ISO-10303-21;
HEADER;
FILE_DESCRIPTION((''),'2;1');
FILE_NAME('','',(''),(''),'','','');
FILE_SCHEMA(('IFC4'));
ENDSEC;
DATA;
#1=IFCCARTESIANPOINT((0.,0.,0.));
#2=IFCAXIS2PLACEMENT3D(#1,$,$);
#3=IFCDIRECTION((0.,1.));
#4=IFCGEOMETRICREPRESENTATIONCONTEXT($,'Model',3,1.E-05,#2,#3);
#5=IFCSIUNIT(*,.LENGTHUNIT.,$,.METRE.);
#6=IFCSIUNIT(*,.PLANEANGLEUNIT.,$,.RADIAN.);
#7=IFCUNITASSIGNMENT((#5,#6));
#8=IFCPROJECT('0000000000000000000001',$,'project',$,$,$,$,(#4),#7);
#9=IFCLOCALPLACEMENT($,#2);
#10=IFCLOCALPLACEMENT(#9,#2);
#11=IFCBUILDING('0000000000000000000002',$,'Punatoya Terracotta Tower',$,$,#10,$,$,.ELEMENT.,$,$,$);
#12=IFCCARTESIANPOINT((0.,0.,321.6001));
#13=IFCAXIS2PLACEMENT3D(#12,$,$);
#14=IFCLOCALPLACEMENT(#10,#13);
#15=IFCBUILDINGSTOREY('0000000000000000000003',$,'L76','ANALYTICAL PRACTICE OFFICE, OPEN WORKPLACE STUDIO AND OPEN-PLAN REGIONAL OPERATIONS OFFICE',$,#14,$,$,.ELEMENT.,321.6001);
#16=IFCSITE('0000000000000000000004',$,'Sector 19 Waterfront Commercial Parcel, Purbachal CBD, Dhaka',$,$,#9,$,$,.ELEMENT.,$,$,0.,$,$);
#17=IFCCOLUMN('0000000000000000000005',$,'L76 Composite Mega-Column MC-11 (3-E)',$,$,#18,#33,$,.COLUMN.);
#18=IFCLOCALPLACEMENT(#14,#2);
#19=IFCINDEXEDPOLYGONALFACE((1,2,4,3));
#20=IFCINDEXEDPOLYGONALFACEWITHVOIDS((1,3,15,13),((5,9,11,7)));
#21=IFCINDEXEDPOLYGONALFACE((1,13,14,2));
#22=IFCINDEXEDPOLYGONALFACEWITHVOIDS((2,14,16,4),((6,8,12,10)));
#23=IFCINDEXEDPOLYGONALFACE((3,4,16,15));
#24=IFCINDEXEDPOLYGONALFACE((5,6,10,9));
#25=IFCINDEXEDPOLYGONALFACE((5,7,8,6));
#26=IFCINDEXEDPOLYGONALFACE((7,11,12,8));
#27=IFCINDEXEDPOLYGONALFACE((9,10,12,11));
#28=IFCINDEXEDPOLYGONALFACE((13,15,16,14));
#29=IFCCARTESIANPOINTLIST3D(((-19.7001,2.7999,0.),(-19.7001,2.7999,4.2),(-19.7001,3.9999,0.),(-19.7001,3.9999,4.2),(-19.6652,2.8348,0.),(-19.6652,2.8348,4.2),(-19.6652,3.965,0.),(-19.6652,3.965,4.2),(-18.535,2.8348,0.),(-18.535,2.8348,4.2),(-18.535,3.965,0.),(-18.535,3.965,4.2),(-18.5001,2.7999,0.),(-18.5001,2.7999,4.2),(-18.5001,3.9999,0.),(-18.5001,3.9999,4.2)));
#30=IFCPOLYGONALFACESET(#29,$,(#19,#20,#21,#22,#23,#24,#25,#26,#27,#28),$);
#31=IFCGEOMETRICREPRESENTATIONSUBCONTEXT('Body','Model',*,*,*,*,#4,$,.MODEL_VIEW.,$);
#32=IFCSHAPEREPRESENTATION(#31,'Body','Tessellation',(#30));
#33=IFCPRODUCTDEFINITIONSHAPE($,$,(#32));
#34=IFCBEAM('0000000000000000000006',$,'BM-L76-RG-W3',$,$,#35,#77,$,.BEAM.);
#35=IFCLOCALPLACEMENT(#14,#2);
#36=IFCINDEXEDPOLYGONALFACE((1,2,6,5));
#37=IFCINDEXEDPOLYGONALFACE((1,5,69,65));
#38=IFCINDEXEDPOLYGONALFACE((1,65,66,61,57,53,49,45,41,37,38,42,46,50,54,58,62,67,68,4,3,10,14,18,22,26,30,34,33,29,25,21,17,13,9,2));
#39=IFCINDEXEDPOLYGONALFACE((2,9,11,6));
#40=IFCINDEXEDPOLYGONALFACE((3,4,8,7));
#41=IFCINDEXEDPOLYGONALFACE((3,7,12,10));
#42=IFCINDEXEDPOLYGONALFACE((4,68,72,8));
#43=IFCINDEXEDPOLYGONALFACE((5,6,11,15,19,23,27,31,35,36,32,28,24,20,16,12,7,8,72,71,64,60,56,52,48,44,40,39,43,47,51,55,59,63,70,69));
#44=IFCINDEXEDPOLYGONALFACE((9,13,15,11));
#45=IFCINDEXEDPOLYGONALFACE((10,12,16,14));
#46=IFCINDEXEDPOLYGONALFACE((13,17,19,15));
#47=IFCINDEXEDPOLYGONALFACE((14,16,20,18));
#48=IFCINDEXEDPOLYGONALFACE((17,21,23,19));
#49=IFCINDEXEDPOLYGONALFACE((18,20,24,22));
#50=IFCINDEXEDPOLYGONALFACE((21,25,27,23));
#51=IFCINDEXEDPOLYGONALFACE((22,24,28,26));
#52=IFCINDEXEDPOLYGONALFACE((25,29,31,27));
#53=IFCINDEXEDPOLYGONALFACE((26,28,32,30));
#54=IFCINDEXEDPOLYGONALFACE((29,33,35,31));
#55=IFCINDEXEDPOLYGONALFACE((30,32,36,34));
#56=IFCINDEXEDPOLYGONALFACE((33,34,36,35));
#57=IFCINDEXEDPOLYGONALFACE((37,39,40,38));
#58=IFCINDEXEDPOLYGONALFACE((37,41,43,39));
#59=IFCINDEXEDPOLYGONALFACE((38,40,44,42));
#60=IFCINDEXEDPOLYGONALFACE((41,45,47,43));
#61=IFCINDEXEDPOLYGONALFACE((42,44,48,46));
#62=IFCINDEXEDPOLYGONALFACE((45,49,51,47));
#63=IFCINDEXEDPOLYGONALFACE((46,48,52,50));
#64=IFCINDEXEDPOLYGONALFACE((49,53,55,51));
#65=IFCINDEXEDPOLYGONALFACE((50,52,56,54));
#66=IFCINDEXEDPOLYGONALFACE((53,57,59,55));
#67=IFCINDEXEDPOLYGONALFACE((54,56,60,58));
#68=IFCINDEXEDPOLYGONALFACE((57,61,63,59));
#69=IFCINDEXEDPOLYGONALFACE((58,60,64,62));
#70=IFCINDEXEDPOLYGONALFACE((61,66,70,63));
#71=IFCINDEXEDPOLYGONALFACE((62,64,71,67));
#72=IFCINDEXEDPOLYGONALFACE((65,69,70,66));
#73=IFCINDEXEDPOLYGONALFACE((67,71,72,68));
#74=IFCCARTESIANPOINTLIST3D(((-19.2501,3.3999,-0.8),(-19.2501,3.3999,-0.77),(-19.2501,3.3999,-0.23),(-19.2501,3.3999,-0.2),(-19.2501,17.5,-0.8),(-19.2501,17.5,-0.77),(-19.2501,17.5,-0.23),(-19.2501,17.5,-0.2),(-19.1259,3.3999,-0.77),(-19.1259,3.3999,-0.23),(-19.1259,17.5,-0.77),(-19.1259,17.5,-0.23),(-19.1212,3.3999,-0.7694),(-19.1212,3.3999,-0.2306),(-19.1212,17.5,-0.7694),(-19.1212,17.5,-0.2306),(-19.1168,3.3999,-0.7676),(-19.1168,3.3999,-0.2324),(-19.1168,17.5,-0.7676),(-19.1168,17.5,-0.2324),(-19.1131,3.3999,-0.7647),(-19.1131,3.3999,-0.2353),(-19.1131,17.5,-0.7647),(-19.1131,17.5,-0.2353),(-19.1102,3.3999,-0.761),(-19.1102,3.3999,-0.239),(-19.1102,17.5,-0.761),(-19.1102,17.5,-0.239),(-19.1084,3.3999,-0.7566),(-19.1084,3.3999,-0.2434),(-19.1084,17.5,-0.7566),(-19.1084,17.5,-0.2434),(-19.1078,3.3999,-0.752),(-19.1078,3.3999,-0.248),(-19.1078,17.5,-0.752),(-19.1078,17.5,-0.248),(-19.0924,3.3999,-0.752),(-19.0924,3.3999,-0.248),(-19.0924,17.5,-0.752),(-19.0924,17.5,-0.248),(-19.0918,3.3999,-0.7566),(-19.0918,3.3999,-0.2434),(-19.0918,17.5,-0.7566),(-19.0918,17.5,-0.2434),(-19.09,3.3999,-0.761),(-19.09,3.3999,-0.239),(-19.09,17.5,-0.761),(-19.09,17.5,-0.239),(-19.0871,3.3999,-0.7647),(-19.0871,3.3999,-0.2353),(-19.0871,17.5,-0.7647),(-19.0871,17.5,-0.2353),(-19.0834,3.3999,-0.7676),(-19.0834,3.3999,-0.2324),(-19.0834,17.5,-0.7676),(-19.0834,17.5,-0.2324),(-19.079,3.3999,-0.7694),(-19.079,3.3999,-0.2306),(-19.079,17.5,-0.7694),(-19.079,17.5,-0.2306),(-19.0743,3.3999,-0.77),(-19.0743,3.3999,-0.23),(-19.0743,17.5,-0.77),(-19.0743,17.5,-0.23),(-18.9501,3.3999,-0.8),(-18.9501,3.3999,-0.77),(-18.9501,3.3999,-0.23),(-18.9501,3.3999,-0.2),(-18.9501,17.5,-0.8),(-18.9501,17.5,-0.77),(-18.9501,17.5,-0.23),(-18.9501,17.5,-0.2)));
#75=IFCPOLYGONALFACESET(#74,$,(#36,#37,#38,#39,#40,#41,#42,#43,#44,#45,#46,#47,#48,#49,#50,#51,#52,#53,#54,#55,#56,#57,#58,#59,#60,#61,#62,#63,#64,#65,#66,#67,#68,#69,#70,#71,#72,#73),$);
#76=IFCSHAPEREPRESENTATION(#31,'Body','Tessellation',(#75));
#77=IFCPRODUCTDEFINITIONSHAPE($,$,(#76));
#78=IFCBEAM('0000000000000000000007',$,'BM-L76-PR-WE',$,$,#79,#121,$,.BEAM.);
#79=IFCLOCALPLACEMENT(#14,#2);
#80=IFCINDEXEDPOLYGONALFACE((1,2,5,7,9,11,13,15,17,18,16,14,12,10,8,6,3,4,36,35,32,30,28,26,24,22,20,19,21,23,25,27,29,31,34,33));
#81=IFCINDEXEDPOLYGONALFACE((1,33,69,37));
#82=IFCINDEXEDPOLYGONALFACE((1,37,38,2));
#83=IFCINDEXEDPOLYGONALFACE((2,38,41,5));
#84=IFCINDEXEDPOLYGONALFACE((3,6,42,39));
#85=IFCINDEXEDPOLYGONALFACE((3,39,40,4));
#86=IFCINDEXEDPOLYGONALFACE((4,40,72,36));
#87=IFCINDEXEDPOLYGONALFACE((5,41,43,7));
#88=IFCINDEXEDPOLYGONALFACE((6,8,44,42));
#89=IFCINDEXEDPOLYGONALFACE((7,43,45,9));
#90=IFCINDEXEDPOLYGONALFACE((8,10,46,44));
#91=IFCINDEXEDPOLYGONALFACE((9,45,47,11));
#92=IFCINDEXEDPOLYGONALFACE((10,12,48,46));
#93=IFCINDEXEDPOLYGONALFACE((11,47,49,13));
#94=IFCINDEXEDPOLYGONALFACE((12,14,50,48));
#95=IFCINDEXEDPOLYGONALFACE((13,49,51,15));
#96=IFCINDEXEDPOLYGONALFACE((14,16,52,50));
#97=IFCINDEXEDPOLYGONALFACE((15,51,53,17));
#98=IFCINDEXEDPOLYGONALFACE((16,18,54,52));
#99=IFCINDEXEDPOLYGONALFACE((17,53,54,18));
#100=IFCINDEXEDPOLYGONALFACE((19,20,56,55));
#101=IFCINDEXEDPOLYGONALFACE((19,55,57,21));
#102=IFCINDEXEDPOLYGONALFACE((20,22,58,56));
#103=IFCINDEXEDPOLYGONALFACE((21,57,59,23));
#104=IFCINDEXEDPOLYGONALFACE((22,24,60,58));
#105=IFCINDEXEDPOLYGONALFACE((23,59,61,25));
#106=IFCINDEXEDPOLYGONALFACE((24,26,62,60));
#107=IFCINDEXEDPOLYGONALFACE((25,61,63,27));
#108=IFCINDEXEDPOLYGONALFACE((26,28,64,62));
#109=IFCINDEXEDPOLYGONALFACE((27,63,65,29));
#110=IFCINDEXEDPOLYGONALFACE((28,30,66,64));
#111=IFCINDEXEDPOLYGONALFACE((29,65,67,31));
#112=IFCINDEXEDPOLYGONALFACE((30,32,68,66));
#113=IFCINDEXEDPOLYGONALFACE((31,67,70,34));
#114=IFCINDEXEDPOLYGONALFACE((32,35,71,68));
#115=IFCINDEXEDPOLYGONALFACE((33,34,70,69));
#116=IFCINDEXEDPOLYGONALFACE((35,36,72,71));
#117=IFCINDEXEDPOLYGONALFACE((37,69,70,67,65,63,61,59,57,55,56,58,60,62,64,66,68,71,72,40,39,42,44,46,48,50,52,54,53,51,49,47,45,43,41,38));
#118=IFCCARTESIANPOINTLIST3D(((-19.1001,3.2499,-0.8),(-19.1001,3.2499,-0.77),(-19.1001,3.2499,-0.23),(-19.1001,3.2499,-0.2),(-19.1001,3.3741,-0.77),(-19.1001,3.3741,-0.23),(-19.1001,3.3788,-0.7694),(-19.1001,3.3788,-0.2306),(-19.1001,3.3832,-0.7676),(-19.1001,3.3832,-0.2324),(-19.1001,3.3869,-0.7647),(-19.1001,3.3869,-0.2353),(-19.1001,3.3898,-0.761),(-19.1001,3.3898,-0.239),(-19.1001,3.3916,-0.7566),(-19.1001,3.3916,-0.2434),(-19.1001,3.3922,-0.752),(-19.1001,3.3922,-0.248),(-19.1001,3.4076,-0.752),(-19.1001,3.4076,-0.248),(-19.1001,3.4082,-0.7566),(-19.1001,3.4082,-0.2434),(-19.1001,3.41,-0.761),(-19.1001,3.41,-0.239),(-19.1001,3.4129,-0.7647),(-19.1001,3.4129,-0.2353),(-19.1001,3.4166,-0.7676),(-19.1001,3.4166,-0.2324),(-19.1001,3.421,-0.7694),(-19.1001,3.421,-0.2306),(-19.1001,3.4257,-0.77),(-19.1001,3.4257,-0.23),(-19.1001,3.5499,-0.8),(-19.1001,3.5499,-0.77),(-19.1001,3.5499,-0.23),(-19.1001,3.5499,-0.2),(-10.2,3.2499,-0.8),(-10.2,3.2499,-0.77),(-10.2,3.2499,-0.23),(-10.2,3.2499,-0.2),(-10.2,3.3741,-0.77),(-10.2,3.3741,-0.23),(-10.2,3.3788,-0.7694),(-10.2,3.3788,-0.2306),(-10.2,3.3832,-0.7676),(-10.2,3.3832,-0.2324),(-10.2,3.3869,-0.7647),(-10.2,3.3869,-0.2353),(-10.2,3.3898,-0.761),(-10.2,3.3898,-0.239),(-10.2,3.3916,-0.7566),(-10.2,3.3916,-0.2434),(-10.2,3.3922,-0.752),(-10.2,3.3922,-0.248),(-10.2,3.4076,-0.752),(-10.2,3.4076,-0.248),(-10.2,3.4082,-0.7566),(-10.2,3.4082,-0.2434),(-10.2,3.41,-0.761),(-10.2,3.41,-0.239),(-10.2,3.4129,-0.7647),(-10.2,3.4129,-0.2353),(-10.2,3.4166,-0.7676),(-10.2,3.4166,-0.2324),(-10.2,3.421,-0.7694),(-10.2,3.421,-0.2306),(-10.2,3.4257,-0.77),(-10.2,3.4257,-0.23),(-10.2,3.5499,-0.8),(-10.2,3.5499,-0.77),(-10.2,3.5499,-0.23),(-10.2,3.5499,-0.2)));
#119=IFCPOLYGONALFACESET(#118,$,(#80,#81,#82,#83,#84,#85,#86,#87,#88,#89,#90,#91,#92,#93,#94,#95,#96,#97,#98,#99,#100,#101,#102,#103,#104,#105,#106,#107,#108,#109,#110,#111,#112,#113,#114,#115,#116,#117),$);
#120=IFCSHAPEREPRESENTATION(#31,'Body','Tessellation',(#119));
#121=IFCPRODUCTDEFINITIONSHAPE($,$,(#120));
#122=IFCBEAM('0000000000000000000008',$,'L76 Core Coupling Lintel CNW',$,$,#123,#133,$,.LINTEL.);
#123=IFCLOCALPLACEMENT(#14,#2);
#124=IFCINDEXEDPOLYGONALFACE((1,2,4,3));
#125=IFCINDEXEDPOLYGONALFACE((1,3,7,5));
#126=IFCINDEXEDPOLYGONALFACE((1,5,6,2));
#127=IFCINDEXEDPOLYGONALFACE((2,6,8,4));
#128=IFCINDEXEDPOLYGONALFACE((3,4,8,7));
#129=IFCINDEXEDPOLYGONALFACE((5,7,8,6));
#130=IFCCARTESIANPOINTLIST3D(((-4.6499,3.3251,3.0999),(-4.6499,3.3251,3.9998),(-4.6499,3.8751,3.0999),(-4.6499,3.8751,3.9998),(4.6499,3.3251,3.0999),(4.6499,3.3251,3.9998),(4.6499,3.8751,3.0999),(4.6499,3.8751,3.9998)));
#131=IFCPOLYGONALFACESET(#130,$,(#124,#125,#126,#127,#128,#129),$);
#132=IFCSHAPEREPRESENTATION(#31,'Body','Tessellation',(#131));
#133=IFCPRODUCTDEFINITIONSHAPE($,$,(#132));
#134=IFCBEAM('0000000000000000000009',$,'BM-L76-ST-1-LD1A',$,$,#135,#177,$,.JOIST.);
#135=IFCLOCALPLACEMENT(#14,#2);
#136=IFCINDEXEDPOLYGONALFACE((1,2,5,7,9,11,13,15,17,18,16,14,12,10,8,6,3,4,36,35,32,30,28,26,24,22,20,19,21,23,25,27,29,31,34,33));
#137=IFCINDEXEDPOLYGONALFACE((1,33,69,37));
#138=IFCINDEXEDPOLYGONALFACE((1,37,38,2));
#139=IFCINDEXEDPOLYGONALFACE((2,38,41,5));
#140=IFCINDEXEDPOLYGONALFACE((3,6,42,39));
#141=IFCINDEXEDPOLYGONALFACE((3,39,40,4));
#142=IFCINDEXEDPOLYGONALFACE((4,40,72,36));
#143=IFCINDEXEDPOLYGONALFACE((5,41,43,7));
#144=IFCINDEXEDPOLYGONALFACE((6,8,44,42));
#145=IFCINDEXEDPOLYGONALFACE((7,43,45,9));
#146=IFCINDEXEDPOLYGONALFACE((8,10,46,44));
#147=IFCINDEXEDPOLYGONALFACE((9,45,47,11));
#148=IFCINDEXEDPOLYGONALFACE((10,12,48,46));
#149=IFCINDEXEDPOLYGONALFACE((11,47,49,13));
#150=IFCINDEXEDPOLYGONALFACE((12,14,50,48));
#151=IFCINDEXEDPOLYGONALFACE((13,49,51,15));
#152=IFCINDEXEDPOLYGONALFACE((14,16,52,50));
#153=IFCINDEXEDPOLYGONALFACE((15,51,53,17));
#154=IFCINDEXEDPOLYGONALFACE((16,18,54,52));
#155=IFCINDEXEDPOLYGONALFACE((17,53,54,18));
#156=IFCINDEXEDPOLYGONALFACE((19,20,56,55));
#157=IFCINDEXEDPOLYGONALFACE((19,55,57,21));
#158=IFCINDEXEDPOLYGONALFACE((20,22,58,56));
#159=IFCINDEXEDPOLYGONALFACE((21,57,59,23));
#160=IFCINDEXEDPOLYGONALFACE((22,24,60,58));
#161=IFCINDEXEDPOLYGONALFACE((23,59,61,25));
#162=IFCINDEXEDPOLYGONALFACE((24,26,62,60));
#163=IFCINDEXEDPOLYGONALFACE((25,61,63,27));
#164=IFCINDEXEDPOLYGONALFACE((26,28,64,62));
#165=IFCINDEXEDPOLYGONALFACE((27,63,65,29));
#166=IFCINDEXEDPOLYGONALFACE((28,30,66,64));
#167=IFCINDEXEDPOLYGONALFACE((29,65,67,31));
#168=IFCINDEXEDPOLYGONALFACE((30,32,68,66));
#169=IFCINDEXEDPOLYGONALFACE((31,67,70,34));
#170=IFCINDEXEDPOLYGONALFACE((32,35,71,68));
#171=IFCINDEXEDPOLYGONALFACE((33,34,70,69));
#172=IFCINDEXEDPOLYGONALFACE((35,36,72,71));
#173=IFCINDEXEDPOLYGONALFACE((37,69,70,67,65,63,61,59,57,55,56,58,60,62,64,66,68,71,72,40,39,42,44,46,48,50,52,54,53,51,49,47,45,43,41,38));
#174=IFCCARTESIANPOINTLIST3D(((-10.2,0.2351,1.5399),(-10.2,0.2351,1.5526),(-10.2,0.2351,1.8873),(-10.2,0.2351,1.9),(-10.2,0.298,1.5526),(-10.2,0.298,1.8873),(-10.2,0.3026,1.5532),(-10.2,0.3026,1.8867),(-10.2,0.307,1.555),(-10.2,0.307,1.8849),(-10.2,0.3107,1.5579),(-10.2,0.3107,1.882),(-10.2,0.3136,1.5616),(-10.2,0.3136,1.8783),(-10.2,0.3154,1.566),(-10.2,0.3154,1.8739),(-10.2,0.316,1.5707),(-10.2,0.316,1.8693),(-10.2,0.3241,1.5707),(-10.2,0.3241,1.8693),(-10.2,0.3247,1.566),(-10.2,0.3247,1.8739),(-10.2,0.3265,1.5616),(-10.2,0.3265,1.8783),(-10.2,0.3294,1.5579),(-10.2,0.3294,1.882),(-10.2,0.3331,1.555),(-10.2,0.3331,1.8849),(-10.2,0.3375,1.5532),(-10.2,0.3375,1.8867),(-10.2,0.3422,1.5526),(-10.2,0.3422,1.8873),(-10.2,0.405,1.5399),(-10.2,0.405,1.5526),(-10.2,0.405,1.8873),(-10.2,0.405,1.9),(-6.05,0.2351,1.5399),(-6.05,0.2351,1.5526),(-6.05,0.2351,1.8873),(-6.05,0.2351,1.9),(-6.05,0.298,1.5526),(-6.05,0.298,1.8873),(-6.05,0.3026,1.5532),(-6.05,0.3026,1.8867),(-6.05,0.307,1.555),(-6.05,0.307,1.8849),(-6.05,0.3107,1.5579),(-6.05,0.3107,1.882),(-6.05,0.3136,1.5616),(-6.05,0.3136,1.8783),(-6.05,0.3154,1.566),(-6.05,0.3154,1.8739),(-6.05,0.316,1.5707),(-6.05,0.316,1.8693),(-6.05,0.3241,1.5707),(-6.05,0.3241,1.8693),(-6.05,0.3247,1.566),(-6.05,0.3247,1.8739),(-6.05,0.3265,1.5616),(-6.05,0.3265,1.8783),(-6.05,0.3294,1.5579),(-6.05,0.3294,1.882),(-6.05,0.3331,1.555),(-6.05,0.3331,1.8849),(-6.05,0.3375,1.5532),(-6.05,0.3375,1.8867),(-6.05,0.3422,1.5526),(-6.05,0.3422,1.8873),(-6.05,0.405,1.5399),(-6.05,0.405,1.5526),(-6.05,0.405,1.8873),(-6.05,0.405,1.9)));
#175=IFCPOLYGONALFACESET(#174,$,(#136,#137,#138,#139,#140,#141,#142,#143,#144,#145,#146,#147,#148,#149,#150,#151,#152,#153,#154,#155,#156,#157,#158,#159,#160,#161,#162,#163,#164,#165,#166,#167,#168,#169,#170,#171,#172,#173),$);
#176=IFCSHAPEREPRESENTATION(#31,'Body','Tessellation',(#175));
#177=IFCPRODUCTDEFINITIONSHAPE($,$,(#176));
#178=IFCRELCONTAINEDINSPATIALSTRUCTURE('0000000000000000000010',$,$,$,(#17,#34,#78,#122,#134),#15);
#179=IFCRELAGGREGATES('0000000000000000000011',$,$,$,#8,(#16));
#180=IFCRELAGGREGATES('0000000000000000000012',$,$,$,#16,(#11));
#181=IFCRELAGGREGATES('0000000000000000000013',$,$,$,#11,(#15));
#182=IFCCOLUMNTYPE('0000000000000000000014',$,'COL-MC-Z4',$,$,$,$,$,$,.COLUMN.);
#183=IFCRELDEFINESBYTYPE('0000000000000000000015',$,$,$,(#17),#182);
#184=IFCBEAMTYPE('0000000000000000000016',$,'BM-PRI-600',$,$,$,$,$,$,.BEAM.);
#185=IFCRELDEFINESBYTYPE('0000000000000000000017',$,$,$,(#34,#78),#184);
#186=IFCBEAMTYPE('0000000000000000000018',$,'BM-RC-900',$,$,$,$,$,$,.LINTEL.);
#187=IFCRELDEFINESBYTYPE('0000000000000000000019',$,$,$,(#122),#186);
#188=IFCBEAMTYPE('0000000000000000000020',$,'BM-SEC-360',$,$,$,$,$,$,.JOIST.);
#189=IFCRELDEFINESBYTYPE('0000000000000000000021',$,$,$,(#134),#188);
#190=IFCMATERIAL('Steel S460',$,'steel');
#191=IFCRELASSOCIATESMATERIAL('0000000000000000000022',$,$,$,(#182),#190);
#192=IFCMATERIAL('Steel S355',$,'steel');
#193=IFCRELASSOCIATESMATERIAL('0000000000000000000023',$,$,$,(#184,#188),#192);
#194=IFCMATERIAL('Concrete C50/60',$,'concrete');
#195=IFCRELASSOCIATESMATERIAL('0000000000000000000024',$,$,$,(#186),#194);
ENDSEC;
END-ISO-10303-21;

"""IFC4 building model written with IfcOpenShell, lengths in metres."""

from ifc_helpers import new_model, si_unit, direction, frame, origin, origin_2d, place, context, subcontext, project, spatial, rectangle, hollow_rectangle, i_section, extrude, material, material_profile, profile_set, type_object, element, save


model = new_model("IFC4")

# Units and contexts
model_context = context("Model", 3, precision=1e-05, world=origin(), true_north=direction((0.0, 1.0)))
body_context = subcontext(model_context, "Body", "Model", "MODEL_VIEW")
ifc_project = project(units=[si_unit("LENGTHUNIT", "METRE"), si_unit("PLANEANGLEUNIT", "RADIAN")], contexts=[model_context])

# Site, building, storey
site_placement = place(None, origin())
site = spatial("IfcSite", under=ifc_project, at=site_placement, Name="Sector 19 Waterfront Commercial Parcel, Purbachal CBD, Dhaka", CompositionType="ELEMENT", RefElevation=0.0)
building_placement = place(site_placement, origin())
building = spatial("IfcBuilding", under=site, at=building_placement, Name="Punatoya Terracotta Tower", CompositionType="ELEMENT")
storey_placement = place(building_placement, frame((0.0, 0.0, 321.6001)))
storey = spatial("IfcBuildingStorey", under=building, at=storey_placement, Name="L76", Description="ANALYTICAL PRACTICE OFFICE, OPEN WORKPLACE STUDIO AND OPEN-PLAN REGIONAL OPERATIONS OFFICE", CompositionType="ELEMENT", Elevation=321.6001)

# Column
ifc_material_1 = material(Name="Steel S460", Category="steel")
ifc_material_profile_1 = material_profile(ifc_material_1, hollow_rectangle(XDim=1.2, YDim=1.2, WallThickness=0.0349, at=origin_2d()))
ifc_profile_set_1 = profile_set([ifc_material_profile_1], Name="Steel S460")
column_type = type_object("IfcColumnType", Name="COL-MC-Z4", PredefinedType="COLUMN", material=ifc_profile_set_1)
column_placement = place(storey_placement, frame((-19.1001, 3.3999, 0.0), z_axis=(0.0, 0.0, 1.0), x_axis=(1.0, 0.0, 0.0)))
element("IfcColumn", 1, at=column_placement, inside=storey, type_object=column_type, Name="L76 Composite Mega-Column MC-11 (3-E)", PredefinedType="COLUMN", context=body_context, shape_type="SweptSolid", body=[
    extrude(hollow_rectangle(XDim=1.2, YDim=1.2, WallThickness=0.0349, at=origin_2d()), origin(), (0.0, 0.0, 1.0), 4.2),
])

# Beams
ifc_material_2 = material(Name="Steel S355", Category="steel")
ifc_material_profile_2 = material_profile(ifc_material_2, i_section(OverallWidth=0.3, OverallDepth=0.6001, WebThickness=0.0154, FlangeThickness=0.03, FilletRadius=0.0181, at=origin_2d()))
ifc_profile_set_2 = profile_set([ifc_material_profile_2], Name="Steel S355")
beam_type_1 = type_object("IfcBeamType", Name="BM-PRI-600", PredefinedType="BEAM", material=ifc_profile_set_2)
beam_1_placement = place(storey_placement, frame((-19.1001, 3.3999, -0.5), z_axis=(0.0, 1.0, 0.0), x_axis=(-1.0, 0.0, 0.0)))
element("IfcBeam", 2, at=beam_1_placement, inside=storey, type_object=beam_type_1, Name="BM-L76-RG-W3", PredefinedType="BEAM", context=body_context, shape_type="SweptSolid", body=[
    extrude(i_section(OverallWidth=0.3, OverallDepth=0.6001, WebThickness=0.0154, FlangeThickness=0.03, FilletRadius=0.0181, at=origin_2d()), origin(), (0.0, 0.0, 1.0), 14.1001),
])
beam_2_placement = place(storey_placement, frame((-19.1001, 3.3999, -0.5), z_axis=(1.0, 0.0, 0.0), x_axis=(0.0, 1.0, 0.0)))
element("IfcBeam", 3, at=beam_2_placement, inside=storey, type_object=beam_type_1, Name="BM-L76-PR-WE", PredefinedType="BEAM", context=body_context, shape_type="SweptSolid", body=[
    extrude(i_section(OverallWidth=0.3, OverallDepth=0.6001, WebThickness=0.0154, FlangeThickness=0.03, FilletRadius=0.0181, at=origin_2d()), origin(), (0.0, 0.0, 1.0), 8.9001),
])
ifc_material_3 = material(Name="Concrete C50/60", Category="concrete")
ifc_material_profile_3 = material_profile(ifc_material_3, rectangle(XDim=0.55, YDim=0.8999, at=origin_2d()))
ifc_profile_set_3 = profile_set([ifc_material_profile_3], Name="Concrete C50/60")
beam_type_2 = type_object("IfcBeamType", Name="BM-RC-900", PredefinedType="LINTEL", material=ifc_profile_set_3)
beam_3_placement = place(storey_placement, frame((-4.6499, 3.6001, 3.5498), z_axis=(1.0, 0.0, 0.0), x_axis=(0.0, 1.0, 0.0)))
element("IfcBeam", 4, at=beam_3_placement, inside=storey, type_object=beam_type_2, Name="L76 Core Coupling Lintel CNW", PredefinedType="LINTEL", context=body_context, shape_type="SweptSolid", body=[
    extrude(rectangle(XDim=0.55, YDim=0.8999, at=origin_2d()), origin(), (0.0, 0.0, 1.0), 9.2998),
])
ifc_material_profile_4 = material_profile(ifc_material_2, i_section(OverallWidth=0.1699, OverallDepth=0.3601, WebThickness=0.0081, FlangeThickness=0.0127, FilletRadius=0.0181, at=origin_2d()))
ifc_profile_set_4 = profile_set([ifc_material_profile_4], Name="Steel S355")
beam_type_3 = type_object("IfcBeamType", Name="BM-SEC-360", PredefinedType="JOIST", material=ifc_profile_set_4)
for number, where, z_axis, x_axis, name in (
    (5, (-10.2, 0.3201, 1.72), (1.0, 0.0, 0.0), (0.0, 1.0, 0.0), "BM-L76-ST-1-LD1A"),
):
    element("IfcBeam", number, at=place(storey_placement, frame(where, z_axis=z_axis, x_axis=x_axis)), inside=storey, type_object=beam_type_3, Name=name, PredefinedType="JOIST", context=body_context, shape_type="SweptSolid", body=[
        extrude(i_section(OverallWidth=0.1699, OverallDepth=0.3601, WebThickness=0.0081, FlangeThickness=0.0127, FilletRadius=0.0181, at=origin_2d()), origin(), (0.0, 0.0, 1.0), 4.1499),
    ])

save(model, "model.ifc")
